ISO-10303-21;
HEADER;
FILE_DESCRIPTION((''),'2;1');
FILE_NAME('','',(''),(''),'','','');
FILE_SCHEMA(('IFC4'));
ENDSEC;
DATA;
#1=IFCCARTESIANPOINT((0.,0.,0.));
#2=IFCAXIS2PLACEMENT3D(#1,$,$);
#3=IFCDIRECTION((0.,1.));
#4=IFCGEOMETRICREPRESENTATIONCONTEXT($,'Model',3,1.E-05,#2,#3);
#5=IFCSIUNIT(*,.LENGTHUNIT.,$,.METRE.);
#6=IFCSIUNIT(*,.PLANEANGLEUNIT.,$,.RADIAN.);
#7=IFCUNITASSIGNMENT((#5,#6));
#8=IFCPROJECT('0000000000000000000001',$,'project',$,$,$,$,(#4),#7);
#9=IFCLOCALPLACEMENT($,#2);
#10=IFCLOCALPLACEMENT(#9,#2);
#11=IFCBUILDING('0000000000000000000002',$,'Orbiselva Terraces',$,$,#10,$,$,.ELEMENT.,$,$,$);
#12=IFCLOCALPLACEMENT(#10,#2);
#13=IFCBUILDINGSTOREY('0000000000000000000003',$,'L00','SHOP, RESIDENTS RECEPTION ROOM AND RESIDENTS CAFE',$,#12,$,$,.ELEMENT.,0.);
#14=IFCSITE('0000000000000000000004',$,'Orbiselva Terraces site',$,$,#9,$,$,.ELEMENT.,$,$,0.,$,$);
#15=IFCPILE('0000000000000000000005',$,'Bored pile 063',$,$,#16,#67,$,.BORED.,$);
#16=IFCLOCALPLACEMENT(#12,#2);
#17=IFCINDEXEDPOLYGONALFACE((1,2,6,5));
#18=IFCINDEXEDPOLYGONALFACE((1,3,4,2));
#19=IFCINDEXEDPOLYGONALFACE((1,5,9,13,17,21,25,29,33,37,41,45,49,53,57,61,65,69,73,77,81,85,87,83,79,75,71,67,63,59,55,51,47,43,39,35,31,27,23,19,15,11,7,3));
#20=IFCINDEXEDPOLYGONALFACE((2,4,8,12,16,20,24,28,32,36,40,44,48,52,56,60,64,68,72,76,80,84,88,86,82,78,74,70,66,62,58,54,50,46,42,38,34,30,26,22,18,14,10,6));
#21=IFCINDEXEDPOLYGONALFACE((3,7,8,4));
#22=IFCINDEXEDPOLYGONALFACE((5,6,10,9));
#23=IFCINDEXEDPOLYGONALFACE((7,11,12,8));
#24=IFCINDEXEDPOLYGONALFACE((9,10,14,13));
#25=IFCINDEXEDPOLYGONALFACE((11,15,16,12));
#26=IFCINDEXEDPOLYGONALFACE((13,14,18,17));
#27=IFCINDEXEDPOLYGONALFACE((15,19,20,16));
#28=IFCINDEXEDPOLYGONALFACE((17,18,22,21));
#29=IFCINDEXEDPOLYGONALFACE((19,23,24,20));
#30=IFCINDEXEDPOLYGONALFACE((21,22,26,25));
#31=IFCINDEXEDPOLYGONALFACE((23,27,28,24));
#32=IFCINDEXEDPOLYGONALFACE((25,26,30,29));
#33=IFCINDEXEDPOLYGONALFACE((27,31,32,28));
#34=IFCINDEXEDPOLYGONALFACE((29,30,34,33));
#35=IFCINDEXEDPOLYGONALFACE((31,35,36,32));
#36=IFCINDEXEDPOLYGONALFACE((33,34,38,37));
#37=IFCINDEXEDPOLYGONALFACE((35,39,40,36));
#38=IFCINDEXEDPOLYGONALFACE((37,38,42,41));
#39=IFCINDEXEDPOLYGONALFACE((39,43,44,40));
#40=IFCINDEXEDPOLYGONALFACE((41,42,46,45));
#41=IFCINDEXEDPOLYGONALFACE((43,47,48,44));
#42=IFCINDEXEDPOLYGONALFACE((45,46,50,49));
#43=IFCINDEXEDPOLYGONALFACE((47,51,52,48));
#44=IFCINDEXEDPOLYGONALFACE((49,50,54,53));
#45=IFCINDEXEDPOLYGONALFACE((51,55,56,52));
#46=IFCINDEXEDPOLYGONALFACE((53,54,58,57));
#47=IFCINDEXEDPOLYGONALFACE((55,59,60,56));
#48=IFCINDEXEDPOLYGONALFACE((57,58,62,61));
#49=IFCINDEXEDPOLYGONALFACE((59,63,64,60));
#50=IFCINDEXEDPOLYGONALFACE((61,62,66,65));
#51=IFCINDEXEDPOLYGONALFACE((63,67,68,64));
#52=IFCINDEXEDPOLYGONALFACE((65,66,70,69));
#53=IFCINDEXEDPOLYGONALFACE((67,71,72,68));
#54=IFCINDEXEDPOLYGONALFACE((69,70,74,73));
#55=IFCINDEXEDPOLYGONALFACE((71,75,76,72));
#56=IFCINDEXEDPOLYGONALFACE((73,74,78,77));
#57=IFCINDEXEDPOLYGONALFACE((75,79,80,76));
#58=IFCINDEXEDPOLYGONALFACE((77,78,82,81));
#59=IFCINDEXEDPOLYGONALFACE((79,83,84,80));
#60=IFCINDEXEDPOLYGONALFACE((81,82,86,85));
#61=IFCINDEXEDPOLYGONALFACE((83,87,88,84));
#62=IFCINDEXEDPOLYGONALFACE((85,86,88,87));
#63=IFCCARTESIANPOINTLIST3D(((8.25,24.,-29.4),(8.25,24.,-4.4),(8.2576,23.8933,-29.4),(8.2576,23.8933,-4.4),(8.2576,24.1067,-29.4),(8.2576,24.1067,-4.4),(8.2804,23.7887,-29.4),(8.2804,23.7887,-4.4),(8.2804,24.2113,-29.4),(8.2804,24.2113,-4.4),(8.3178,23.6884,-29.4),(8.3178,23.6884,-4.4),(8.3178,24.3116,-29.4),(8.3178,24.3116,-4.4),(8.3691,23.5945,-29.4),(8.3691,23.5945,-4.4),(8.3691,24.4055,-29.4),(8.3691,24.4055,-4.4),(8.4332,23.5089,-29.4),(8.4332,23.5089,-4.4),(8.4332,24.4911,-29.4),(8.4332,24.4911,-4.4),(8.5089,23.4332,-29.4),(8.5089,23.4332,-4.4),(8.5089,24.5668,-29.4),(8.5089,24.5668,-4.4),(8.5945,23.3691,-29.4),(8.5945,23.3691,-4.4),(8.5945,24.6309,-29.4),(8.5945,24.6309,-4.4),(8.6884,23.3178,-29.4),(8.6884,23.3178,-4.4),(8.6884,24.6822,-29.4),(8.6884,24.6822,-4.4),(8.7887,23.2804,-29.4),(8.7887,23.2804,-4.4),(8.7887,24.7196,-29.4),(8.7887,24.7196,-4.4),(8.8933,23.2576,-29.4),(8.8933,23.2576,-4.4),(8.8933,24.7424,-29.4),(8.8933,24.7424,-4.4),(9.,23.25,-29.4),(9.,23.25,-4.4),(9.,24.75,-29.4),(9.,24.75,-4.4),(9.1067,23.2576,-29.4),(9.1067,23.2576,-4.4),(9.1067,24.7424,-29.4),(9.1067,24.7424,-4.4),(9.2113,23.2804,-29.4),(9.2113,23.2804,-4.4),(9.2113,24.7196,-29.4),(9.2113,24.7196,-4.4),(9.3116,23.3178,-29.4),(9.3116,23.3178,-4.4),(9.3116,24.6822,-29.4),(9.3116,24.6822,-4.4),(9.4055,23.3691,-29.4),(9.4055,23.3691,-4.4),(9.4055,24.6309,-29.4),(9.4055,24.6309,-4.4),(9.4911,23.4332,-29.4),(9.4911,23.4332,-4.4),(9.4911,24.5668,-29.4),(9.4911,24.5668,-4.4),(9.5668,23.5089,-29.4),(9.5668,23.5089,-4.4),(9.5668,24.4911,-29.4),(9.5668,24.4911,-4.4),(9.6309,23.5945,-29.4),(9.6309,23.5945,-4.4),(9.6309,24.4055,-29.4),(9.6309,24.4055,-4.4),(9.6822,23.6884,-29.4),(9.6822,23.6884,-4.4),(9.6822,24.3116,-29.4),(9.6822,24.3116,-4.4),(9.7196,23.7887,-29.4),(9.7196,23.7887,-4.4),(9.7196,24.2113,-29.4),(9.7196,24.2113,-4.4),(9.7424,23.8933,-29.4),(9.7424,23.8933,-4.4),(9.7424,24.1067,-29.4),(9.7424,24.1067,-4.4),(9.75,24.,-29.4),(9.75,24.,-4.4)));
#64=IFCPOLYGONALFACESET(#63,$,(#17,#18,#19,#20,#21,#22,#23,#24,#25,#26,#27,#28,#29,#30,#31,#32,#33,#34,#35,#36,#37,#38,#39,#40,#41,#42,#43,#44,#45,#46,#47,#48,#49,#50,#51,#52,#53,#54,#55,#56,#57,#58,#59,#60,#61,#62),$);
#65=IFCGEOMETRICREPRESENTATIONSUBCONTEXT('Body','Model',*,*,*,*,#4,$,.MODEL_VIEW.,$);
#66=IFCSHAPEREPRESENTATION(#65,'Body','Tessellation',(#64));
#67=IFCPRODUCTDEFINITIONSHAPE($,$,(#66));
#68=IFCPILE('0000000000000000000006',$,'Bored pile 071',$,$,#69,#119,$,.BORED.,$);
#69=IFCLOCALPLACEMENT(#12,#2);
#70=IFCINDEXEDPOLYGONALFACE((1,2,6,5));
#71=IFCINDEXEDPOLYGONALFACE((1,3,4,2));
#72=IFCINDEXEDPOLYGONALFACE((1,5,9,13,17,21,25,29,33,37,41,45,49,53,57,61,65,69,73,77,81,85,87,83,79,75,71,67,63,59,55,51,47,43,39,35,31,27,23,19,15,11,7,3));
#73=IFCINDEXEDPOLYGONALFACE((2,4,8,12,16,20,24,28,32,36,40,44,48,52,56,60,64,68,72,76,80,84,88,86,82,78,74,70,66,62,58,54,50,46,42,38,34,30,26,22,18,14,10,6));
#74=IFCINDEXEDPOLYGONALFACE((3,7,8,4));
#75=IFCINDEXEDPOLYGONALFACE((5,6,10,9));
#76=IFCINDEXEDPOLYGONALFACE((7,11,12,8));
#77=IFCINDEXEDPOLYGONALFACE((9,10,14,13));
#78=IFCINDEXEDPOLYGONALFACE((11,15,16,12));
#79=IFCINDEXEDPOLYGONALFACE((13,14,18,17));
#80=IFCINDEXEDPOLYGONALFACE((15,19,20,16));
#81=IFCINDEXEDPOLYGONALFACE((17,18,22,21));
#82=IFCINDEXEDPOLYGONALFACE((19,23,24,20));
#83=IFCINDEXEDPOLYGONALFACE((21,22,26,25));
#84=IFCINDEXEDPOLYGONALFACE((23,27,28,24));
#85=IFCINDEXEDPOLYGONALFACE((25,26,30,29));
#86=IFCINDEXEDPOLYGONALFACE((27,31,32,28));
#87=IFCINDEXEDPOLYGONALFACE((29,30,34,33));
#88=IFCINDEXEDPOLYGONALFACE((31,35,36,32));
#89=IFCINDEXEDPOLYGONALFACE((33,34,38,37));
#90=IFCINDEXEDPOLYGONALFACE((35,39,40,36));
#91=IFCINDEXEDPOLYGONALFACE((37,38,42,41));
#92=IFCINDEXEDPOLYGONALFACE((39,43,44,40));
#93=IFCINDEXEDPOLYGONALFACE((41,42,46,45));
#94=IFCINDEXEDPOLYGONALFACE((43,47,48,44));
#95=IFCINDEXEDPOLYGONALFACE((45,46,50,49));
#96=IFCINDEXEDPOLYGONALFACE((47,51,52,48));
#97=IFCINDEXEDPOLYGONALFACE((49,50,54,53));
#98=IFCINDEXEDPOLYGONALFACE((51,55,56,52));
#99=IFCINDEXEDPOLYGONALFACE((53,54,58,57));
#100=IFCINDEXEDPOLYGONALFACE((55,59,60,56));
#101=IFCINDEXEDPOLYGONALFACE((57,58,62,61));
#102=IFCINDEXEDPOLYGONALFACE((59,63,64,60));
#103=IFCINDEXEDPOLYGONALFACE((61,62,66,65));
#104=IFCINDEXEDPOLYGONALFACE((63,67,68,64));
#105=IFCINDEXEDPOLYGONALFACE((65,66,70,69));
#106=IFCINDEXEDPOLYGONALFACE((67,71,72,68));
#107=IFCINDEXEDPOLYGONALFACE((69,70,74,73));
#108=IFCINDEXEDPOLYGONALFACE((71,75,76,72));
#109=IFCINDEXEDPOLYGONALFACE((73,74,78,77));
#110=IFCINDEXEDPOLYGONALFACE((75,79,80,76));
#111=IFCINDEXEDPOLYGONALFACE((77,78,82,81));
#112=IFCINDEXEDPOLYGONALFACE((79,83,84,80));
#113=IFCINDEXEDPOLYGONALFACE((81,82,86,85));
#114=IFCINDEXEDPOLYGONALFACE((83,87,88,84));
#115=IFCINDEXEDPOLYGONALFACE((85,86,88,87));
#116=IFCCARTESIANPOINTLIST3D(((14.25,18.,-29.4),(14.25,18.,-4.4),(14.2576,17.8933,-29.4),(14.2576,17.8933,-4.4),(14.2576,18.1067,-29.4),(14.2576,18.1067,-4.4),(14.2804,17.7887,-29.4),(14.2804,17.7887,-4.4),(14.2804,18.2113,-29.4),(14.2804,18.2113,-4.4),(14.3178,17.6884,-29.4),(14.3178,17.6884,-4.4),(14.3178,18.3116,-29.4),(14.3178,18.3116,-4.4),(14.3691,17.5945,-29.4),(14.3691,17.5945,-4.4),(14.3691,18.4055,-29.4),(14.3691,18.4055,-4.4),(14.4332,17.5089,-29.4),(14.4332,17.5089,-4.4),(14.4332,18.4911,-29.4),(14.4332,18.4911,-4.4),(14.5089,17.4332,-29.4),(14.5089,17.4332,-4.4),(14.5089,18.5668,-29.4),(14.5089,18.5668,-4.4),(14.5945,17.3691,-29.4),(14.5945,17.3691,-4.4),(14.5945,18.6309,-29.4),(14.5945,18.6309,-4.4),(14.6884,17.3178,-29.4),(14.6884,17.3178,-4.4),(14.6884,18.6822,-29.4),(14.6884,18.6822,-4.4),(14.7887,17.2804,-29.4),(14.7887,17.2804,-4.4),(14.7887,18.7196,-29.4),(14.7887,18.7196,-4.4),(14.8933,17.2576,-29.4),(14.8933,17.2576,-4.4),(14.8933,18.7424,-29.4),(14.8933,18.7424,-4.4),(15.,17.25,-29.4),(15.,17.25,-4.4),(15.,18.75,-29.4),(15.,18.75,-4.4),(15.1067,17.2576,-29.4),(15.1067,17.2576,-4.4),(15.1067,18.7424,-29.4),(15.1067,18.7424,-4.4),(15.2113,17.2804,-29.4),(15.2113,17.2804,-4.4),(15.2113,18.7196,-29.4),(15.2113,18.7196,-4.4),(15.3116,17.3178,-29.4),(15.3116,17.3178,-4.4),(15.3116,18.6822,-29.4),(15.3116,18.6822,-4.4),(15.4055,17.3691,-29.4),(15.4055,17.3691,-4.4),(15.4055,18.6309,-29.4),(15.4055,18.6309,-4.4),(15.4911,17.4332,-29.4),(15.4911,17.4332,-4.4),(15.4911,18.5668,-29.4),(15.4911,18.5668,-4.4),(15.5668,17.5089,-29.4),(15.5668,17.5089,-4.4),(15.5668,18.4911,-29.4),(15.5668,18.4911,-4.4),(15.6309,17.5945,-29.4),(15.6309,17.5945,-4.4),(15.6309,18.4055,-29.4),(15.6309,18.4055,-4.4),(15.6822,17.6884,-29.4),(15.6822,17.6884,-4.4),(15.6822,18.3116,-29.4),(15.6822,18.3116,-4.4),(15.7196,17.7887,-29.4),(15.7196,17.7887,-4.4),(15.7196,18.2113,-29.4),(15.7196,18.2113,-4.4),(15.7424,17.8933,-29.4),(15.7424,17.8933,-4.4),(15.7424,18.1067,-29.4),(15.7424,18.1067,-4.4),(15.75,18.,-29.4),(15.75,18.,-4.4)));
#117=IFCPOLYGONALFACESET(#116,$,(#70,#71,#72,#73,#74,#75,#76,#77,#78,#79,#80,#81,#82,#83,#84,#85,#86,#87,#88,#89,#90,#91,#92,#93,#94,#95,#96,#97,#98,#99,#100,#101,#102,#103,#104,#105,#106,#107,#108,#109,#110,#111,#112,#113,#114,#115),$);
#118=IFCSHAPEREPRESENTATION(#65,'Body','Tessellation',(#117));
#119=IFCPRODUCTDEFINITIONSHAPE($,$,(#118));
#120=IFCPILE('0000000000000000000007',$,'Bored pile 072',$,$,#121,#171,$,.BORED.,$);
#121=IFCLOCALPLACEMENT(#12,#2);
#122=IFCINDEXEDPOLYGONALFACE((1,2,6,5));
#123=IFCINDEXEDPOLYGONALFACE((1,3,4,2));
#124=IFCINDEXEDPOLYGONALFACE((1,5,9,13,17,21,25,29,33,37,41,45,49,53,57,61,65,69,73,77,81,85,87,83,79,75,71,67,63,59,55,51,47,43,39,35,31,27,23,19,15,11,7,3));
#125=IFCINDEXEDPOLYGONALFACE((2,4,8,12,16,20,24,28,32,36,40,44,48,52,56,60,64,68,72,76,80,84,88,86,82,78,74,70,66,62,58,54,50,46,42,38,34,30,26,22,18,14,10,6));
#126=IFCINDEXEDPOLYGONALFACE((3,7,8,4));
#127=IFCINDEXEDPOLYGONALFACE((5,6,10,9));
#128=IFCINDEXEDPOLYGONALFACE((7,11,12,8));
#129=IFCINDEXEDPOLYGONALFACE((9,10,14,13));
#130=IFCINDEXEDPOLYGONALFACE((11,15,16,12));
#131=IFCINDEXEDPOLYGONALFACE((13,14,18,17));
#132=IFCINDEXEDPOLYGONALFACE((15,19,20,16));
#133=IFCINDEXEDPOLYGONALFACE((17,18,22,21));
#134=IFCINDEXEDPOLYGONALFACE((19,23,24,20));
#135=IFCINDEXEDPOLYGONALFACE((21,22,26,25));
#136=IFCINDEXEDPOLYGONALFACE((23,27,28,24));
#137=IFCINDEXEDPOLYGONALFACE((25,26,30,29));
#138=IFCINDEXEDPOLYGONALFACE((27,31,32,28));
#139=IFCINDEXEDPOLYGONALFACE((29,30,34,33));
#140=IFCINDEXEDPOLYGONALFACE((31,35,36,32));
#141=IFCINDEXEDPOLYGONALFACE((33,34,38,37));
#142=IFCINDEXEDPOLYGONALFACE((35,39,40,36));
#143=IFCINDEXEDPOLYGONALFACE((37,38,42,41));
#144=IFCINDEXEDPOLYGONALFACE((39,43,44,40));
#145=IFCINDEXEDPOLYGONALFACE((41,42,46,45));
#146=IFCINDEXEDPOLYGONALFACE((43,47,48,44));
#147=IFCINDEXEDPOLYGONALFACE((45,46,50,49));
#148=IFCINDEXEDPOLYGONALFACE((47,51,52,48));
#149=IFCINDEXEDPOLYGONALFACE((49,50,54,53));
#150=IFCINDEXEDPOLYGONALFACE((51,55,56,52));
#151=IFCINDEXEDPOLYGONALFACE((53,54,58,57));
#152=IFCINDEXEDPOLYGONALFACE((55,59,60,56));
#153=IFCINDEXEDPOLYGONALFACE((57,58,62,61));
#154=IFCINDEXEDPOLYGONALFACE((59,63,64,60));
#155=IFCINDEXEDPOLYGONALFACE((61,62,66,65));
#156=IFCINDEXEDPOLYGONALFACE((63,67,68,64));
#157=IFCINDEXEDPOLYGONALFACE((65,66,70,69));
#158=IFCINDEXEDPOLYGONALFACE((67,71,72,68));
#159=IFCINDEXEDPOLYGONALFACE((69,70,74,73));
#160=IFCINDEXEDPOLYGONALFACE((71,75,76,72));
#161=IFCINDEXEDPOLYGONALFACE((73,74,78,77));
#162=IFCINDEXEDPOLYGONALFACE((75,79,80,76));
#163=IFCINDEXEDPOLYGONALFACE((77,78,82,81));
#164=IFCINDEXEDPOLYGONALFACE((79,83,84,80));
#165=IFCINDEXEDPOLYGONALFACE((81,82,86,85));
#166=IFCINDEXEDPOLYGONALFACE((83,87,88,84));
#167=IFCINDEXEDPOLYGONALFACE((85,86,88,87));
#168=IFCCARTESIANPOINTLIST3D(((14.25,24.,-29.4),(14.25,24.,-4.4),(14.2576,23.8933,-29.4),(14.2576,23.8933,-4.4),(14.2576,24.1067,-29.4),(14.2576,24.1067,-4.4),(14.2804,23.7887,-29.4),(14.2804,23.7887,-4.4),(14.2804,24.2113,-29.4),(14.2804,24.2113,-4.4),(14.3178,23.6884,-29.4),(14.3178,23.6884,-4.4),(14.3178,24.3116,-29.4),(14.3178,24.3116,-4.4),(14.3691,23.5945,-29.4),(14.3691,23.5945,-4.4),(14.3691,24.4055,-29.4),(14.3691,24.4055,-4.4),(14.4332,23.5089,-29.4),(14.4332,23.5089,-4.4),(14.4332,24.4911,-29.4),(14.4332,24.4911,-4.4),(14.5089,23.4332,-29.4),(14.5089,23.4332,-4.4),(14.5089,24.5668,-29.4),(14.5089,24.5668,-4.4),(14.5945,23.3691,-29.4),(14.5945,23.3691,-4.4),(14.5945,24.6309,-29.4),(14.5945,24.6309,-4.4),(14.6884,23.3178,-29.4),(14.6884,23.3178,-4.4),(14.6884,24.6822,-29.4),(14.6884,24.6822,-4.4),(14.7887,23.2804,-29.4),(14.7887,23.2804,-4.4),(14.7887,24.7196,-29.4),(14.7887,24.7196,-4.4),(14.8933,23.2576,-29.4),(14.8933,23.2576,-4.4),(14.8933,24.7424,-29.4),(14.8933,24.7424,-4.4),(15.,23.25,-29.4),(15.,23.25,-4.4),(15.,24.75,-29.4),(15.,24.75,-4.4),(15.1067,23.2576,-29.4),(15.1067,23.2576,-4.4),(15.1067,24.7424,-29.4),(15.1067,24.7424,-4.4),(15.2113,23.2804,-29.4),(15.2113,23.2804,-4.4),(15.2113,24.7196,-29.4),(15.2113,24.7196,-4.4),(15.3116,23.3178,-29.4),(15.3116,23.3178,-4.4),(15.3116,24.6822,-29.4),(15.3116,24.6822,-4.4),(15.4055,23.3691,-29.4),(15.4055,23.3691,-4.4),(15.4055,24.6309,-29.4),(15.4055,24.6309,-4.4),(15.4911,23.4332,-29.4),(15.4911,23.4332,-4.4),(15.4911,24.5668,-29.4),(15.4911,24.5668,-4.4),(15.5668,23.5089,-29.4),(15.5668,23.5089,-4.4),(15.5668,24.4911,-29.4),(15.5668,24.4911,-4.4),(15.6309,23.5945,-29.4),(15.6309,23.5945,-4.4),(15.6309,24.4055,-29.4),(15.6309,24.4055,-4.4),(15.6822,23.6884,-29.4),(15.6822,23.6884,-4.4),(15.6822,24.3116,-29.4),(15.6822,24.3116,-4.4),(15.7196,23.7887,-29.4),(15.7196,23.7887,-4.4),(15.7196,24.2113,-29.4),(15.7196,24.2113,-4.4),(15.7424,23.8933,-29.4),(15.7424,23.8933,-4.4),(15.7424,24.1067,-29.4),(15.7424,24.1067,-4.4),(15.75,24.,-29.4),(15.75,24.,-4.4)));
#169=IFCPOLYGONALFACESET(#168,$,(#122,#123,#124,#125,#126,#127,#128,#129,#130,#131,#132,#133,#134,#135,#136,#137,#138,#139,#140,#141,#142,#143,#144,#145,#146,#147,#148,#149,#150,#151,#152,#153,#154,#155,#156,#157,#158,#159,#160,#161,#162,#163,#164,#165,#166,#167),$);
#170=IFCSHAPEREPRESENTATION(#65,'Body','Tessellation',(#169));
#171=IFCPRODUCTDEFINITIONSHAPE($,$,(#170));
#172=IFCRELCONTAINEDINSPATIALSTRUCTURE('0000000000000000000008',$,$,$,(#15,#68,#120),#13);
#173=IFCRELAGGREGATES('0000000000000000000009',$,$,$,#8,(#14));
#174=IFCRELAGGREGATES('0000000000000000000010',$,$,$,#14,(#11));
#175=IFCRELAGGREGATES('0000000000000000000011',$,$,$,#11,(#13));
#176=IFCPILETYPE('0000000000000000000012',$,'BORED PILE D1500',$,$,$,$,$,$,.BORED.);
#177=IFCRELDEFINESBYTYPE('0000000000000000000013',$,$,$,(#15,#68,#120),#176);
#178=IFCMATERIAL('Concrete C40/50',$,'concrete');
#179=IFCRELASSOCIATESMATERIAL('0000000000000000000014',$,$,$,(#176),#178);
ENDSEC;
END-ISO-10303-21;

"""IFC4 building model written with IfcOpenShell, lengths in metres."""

from ifc_helpers import new_model, si_unit, direction, frame, origin, origin_2d, place, context, subcontext, project, spatial, circle, extrude, material, material_profile, profile_set, type_object, element, save


model = new_model("IFC4")

# Units and contexts
model_context = context("Model", 3, precision=1e-05, world=origin(), true_north=direction((0.0, 1.0)))
body_context = subcontext(model_context, "Body", "Model", "MODEL_VIEW")
ifc_project = project(units=[si_unit("LENGTHUNIT", "METRE"), si_unit("PLANEANGLEUNIT", "RADIAN")], contexts=[model_context])

# Site, building, storey
site_placement = place(None, origin())
site = spatial("IfcSite", under=ifc_project, at=site_placement, Name="Orbiselva Terraces site", CompositionType="ELEMENT", RefElevation=0.0)
building_placement = place(site_placement, origin())
building = spatial("IfcBuilding", under=site, at=building_placement, Name="Orbiselva Terraces", CompositionType="ELEMENT")
storey_placement = place(building_placement, origin())
storey = spatial("IfcBuildingStorey", under=building, at=storey_placement, Name="L00", Description="SHOP, RESIDENTS RECEPTION ROOM AND RESIDENTS CAFE", CompositionType="ELEMENT", Elevation=0.0)

# Piles
ifc_material_1 = material(Name="Concrete C40/50", Category="concrete")
ifc_material_profile_1 = material_profile(ifc_material_1, circle(Radius=0.75, at=origin_2d()), Name="D1500")
ifc_profile_set_1 = profile_set([ifc_material_profile_1], Name="Concrete C40/50")
pile_type_1 = type_object("IfcPileType", Name="BORED PILE D1500", PredefinedType="BORED", material=ifc_profile_set_1)
for number, where, z_axis, x_axis, name in (
    (1, (9.0, 24.0, -4.4), (0.0, 0.0, -1.0), (1.0, 0.0, 0.0), "Bored pile 063"),
    (2, (15.0, 18.0, -4.4), (0.0, 0.0, -1.0), (1.0, 0.0, 0.0), "Bored pile 071"),
    (3, (15.0, 24.0, -4.4), (0.0, 0.0, -1.0), (1.0, 0.0, 0.0), "Bored pile 072"),
):
    element("IfcPile", number, at=place(storey_placement, frame(where, z_axis=z_axis, x_axis=x_axis)), inside=storey, type_object=pile_type_1, Name=name, PredefinedType="BORED", context=body_context, shape_type="SweptSolid", body=[
        extrude(circle(Radius=0.75, at=origin_2d()), origin(), (0.0, 0.0, 1.0), 25.0),
    ])

save(model, "model.ifc")
